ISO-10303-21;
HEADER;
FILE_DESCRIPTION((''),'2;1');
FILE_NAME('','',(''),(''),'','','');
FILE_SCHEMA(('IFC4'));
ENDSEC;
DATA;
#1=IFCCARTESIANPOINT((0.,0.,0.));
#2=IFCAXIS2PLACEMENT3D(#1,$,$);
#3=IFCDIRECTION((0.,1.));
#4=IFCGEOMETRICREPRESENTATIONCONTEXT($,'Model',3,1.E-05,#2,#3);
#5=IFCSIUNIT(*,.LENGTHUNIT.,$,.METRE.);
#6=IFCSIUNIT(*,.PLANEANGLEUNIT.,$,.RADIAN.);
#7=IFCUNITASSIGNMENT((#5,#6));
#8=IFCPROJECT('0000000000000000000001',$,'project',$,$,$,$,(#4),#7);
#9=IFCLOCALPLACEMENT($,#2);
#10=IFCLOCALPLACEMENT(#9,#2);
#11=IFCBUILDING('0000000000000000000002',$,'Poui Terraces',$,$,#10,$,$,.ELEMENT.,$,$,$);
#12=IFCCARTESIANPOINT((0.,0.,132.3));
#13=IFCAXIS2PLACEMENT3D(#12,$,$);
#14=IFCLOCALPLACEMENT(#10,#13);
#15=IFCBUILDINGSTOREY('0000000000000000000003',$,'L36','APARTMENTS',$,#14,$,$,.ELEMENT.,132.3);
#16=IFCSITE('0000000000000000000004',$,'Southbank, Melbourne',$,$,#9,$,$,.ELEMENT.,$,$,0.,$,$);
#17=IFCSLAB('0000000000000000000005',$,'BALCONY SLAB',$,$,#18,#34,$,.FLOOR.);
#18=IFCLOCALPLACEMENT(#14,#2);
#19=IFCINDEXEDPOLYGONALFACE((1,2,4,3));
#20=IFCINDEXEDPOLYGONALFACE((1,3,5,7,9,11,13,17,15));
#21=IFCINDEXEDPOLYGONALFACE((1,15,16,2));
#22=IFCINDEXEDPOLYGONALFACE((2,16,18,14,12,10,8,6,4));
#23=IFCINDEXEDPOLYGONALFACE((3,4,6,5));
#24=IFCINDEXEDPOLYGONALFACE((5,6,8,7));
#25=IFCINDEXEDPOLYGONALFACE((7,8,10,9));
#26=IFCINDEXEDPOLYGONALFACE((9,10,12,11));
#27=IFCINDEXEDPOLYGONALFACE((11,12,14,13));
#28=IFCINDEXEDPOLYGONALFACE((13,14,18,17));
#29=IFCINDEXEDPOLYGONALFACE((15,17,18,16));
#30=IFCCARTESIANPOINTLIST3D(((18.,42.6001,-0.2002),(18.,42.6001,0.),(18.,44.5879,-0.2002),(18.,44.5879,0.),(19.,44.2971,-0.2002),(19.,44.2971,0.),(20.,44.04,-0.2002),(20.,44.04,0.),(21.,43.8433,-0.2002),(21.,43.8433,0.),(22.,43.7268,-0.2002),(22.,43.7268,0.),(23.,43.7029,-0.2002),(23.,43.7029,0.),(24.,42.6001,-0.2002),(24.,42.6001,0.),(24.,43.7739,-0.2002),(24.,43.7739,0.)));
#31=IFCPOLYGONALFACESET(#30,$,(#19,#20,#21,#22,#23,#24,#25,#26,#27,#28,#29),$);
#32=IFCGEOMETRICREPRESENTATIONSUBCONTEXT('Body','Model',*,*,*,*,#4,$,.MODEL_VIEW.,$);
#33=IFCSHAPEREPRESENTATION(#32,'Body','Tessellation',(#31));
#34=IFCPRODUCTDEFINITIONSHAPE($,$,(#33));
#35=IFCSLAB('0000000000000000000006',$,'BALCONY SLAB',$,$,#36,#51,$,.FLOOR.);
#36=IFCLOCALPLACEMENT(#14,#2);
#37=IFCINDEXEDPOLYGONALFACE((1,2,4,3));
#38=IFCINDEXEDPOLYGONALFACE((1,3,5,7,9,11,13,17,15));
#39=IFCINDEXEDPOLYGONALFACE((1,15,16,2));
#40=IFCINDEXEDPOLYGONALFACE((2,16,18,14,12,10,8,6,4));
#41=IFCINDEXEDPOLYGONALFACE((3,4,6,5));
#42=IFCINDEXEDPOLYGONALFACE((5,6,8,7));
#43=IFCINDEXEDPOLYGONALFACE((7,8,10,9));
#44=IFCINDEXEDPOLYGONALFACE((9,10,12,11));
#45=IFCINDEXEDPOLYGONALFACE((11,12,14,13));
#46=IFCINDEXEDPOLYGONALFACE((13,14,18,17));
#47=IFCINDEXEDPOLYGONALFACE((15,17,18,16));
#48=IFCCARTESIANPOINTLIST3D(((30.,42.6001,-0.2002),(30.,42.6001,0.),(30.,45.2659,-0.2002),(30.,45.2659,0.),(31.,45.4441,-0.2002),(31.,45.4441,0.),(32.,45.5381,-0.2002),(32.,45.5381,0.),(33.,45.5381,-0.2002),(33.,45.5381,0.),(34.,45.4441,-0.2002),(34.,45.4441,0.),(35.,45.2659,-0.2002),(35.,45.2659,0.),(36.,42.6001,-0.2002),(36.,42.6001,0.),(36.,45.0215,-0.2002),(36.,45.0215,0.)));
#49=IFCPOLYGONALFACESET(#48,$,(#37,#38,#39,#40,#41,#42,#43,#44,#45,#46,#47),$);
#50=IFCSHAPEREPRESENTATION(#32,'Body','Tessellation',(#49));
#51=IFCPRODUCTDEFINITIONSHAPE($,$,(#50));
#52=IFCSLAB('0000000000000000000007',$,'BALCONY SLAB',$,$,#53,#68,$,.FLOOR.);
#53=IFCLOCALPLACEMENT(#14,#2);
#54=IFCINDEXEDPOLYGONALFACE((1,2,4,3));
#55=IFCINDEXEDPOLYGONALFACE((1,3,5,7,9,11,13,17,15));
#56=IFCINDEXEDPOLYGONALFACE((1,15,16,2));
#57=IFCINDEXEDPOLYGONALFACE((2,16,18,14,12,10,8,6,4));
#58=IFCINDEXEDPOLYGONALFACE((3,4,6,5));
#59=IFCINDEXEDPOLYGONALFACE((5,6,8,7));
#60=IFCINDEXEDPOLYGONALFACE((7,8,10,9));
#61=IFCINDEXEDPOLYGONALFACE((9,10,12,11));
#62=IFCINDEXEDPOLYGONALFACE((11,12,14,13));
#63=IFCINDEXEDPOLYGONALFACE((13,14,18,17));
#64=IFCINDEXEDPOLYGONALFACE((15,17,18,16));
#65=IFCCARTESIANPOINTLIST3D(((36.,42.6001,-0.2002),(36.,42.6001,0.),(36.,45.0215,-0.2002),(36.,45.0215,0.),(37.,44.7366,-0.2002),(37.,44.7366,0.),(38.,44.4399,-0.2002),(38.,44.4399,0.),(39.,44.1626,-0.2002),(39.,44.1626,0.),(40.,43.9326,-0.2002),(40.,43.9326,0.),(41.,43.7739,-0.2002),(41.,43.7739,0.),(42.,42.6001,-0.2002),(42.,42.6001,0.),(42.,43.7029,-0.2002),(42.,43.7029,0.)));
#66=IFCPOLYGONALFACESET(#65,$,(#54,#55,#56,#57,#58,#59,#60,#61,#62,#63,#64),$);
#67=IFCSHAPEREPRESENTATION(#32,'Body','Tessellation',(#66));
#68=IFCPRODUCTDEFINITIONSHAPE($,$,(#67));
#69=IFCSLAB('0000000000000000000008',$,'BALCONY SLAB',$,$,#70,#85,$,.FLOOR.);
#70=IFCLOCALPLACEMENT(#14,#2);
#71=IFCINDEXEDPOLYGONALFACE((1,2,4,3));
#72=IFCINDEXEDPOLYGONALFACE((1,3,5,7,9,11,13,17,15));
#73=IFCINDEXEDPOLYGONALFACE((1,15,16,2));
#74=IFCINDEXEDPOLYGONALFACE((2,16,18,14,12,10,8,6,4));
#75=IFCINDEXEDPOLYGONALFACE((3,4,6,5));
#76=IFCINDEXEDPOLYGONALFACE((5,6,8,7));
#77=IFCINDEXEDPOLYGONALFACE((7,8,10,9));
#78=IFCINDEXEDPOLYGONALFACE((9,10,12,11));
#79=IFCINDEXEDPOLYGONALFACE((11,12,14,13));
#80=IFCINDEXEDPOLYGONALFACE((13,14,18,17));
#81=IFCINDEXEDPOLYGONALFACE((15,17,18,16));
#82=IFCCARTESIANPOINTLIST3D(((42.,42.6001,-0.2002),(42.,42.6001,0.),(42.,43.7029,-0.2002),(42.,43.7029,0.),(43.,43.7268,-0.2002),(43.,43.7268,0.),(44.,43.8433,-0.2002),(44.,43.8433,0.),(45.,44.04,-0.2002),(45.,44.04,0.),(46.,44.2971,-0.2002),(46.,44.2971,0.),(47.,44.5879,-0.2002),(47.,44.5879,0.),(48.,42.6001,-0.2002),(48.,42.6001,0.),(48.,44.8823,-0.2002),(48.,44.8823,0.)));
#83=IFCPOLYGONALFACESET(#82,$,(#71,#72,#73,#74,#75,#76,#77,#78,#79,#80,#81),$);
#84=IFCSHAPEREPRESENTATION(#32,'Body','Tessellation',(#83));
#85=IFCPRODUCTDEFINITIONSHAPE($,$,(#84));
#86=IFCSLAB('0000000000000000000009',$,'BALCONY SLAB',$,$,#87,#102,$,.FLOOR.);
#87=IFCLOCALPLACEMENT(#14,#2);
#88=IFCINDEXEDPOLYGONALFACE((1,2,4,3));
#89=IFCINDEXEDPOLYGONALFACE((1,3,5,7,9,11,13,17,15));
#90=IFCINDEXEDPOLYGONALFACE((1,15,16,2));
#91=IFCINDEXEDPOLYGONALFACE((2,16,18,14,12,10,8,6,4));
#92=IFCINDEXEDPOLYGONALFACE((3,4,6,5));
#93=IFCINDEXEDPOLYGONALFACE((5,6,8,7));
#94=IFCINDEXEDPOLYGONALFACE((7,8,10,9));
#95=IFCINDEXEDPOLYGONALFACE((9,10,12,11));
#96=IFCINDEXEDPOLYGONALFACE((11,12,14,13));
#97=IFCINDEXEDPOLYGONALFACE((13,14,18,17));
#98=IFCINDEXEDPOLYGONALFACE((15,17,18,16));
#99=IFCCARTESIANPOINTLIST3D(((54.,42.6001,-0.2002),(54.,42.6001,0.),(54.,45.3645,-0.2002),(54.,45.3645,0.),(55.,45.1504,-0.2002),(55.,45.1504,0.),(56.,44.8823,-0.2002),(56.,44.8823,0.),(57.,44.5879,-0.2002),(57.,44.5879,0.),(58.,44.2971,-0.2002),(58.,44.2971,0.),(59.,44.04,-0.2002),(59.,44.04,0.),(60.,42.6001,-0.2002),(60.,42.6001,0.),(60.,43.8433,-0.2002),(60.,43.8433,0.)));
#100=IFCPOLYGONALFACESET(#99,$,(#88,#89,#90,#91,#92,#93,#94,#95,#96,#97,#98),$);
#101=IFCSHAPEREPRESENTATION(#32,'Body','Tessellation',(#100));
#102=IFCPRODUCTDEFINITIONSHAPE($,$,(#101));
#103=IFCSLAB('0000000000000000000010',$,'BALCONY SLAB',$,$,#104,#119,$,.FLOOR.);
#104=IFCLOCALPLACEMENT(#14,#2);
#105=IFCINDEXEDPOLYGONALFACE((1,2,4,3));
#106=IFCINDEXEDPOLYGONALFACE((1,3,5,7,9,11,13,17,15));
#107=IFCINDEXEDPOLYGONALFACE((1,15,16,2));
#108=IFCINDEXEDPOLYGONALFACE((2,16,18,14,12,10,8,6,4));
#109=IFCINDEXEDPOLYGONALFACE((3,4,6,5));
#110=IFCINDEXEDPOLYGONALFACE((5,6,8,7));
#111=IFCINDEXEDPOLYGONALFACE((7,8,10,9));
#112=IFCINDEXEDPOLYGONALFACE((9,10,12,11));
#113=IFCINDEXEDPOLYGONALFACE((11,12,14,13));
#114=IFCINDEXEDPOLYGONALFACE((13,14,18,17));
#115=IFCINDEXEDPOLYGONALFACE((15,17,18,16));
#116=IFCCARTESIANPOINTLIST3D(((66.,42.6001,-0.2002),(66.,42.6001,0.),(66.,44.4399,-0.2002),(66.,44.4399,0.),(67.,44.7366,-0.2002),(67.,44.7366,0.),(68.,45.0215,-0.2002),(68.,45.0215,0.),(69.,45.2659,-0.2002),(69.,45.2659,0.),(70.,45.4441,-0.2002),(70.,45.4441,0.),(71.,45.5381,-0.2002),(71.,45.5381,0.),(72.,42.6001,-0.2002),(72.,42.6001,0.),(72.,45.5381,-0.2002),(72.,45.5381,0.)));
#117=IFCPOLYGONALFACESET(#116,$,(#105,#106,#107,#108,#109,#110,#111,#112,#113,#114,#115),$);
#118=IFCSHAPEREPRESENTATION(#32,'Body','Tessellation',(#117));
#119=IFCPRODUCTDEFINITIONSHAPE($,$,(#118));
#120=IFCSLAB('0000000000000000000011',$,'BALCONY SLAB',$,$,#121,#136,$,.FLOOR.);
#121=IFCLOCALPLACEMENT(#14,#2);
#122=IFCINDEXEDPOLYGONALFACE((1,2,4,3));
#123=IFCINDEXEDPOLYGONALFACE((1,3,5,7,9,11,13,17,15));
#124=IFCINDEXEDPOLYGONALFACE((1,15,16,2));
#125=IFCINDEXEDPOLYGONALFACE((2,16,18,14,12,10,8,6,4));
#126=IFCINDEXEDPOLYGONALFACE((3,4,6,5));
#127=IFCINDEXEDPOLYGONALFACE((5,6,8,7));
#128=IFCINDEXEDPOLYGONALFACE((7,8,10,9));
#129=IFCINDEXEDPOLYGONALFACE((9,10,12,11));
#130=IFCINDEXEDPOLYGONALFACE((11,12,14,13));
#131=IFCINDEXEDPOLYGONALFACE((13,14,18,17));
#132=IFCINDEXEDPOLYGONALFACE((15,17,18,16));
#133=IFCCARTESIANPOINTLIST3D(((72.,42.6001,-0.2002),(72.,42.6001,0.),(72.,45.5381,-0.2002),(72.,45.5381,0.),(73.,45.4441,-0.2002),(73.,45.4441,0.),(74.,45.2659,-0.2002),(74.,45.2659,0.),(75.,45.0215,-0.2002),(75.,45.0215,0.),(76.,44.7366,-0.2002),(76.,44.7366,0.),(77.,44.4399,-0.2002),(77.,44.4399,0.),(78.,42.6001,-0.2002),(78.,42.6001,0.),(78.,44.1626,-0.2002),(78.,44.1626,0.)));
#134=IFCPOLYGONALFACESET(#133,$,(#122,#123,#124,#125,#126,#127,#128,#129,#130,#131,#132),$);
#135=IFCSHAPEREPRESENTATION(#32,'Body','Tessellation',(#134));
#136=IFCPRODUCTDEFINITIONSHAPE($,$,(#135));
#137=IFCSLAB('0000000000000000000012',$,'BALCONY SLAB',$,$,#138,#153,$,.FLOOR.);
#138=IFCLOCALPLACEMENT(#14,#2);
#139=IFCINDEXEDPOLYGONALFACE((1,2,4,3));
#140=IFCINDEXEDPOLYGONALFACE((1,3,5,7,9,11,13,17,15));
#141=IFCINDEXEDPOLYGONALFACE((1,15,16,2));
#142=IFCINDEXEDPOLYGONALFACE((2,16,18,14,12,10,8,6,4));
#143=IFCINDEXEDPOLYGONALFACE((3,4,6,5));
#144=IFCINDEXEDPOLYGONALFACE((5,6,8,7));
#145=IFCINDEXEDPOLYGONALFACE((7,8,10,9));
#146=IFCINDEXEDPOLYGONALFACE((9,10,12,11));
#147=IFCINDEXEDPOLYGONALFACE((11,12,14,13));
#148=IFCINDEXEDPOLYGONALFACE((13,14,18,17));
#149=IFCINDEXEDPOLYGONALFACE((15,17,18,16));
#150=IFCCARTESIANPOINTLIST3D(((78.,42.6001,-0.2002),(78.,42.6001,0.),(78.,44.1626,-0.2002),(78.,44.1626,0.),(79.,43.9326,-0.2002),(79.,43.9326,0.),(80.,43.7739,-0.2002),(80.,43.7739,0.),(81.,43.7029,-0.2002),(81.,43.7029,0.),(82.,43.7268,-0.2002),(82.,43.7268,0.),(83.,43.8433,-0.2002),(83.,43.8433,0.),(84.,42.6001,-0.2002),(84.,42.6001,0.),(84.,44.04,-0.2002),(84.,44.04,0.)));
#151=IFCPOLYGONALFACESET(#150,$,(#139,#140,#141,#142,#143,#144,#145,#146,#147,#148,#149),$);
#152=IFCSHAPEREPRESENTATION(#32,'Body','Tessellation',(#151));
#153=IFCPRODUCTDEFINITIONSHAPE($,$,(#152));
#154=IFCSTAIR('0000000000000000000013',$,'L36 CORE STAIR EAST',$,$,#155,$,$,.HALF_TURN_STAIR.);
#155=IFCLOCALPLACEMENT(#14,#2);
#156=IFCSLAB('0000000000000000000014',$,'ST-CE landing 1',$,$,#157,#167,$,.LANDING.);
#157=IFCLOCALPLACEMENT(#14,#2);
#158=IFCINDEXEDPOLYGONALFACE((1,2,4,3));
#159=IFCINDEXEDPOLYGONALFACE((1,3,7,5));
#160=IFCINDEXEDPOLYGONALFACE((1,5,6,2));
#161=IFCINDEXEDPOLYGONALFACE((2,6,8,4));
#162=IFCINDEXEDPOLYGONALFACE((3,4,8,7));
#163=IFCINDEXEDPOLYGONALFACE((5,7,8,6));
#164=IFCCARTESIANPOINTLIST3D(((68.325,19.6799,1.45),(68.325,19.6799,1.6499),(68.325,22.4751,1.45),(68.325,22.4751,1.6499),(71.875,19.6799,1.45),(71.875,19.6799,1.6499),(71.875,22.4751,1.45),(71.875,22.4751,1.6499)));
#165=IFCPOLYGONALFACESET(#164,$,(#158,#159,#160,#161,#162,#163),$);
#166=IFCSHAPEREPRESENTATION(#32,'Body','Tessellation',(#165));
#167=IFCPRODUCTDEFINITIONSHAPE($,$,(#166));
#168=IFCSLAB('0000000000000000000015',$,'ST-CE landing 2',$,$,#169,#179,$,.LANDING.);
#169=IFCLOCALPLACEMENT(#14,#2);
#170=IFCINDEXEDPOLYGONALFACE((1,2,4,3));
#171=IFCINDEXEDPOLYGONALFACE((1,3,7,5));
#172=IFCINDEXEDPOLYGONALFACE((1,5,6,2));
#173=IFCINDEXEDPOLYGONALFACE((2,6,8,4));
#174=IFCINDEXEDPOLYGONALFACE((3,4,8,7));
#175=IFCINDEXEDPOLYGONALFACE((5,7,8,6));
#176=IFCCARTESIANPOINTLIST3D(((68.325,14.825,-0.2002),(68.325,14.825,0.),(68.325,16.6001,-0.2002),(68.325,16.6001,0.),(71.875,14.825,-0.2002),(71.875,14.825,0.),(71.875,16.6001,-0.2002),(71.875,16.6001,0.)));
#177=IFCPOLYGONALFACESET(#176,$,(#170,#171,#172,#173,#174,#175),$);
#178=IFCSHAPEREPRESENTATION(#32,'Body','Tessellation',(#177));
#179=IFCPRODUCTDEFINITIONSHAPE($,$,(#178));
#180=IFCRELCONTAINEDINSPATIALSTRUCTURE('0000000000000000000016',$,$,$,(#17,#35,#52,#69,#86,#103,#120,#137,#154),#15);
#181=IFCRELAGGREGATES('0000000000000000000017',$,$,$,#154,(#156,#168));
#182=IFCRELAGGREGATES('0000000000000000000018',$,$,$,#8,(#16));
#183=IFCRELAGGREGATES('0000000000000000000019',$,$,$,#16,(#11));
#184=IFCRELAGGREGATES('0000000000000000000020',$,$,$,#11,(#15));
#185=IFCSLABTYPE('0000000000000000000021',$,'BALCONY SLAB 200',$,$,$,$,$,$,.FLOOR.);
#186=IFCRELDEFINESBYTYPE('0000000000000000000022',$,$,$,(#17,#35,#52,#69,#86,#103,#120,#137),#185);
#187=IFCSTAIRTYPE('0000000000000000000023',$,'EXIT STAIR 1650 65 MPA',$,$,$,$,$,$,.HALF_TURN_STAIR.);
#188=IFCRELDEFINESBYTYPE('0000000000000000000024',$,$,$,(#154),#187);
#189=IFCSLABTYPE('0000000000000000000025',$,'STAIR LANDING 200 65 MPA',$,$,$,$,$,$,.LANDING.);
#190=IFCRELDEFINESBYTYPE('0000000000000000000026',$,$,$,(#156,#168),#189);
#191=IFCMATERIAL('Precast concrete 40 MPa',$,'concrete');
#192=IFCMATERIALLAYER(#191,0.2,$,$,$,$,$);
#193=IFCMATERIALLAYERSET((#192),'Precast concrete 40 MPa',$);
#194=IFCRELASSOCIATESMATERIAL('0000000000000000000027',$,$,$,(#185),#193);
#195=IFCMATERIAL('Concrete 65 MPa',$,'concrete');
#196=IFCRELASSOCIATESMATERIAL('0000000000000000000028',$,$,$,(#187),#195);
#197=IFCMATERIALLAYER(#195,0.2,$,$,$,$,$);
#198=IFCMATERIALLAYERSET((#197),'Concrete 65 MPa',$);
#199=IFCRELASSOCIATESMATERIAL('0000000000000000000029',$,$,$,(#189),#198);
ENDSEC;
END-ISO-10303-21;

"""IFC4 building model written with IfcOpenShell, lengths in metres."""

from ifc_helpers import new_model, si_unit, direction, frame, origin, place, context, subcontext, project, spatial, polyline, outline, extrude, material, layer, layer_set, type_object, element, aggregate, save


model = new_model("IFC4")

# Units and contexts
model_context = context("Model", 3, precision=1e-05, world=origin(), true_north=direction((0.0, 1.0)))
body_context = subcontext(model_context, "Body", "Model", "MODEL_VIEW")
ifc_project = project(units=[si_unit("LENGTHUNIT", "METRE"), si_unit("PLANEANGLEUNIT", "RADIAN")], contexts=[model_context])

# Site, building, storey
site_placement = place(None, origin())
site = spatial("IfcSite", under=ifc_project, at=site_placement, Name="Southbank, Melbourne", CompositionType="ELEMENT", RefElevation=0.0)
building_placement = place(site_placement, origin())
building = spatial("IfcBuilding", under=site, at=building_placement, Name="Poui Terraces", CompositionType="ELEMENT")
storey_placement = place(building_placement, frame((0.0, 0.0, 132.3)))
storey = spatial("IfcBuildingStorey", under=building, at=storey_placement, Name="L36", Description="APARTMENTS", CompositionType="ELEMENT", Elevation=132.3)

# Slabs
ifc_material_1 = material(Name="Precast concrete 40 MPa", Category="concrete")
ifc_layer_1 = layer(ifc_material_1, 0.2)
ifc_layer_set_1 = layer_set([ifc_layer_1], Name="Precast concrete 40 MPa")
slab_type_1 = type_object("IfcSlabType", Name="BALCONY SLAB 200", PredefinedType="FLOOR", material=ifc_layer_set_1)
slab_1_placement = place(storey_placement, frame((0.0, 0.0, -0.2002)))
element("IfcSlab", 1, at=slab_1_placement, inside=storey, type_object=slab_type_1, Name="BALCONY SLAB", PredefinedType="FLOOR", context=body_context, shape_type="SweptSolid", body=[
    extrude(outline(polyline([(18.0, 42.6001), (24.0, 42.6001), (24.0, 43.7739), (23.0, 43.7029), (22.0, 43.7268), (21.0, 43.8433), (20.0, 44.04), (19.0, 44.2971), (18.0, 44.5879), (18.0, 42.6001)])), origin(), (0.0, 0.0, 1.0), 0.2002),
])
slab_2_placement = place(storey_placement, frame((0.0, 0.0, -0.2002)))
element("IfcSlab", 2, at=slab_2_placement, inside=storey, type_object=slab_type_1, Name="BALCONY SLAB", PredefinedType="FLOOR", context=body_context, shape_type="SweptSolid", body=[
    extrude(outline(polyline([(30.0, 42.6001), (36.0, 42.6001), (36.0, 45.0215), (35.0, 45.2659), (34.0, 45.4441), (33.0, 45.5381), (32.0, 45.5381), (31.0, 45.4441), (30.0, 45.2659), (30.0, 42.6001)])), origin(), (0.0, 0.0, 1.0), 0.2002),
])
slab_3_placement = place(storey_placement, frame((0.0, 0.0, -0.2002)))
element("IfcSlab", 3, at=slab_3_placement, inside=storey, type_object=slab_type_1, Name="BALCONY SLAB", PredefinedType="FLOOR", context=body_context, shape_type="SweptSolid", body=[
    extrude(outline(polyline([(36.0, 42.6001), (42.0, 42.6001), (42.0, 43.7029), (41.0, 43.7739), (40.0, 43.9326), (39.0, 44.1626), (38.0, 44.4399), (37.0, 44.7366), (36.0, 45.0215), (36.0, 42.6001)])), origin(), (0.0, 0.0, 1.0), 0.2002),
])
slab_4_placement = place(storey_placement, frame((0.0, 0.0, -0.2002)))
element("IfcSlab", 4, at=slab_4_placement, inside=storey, type_object=slab_type_1, Name="BALCONY SLAB", PredefinedType="FLOOR", context=body_context, shape_type="SweptSolid", body=[
    extrude(outline(polyline([(42.0, 42.6001), (48.0, 42.6001), (48.0, 44.8823), (47.0, 44.5879), (46.0, 44.2971), (45.0, 44.04), (44.0, 43.8433), (43.0, 43.7268), (42.0, 43.7029), (42.0, 42.6001)])), origin(), (0.0, 0.0, 1.0), 0.2002),
])
slab_5_placement = place(storey_placement, frame((0.0, 0.0, -0.2002)))
element("IfcSlab", 5, at=slab_5_placement, inside=storey, type_object=slab_type_1, Name="BALCONY SLAB", PredefinedType="FLOOR", context=body_context, shape_type="SweptSolid", body=[
    extrude(outline(polyline([(54.0, 42.6001), (60.0, 42.6001), (60.0, 43.8433), (59.0, 44.04), (58.0, 44.2971), (57.0, 44.5879), (56.0, 44.8823), (55.0, 45.1504), (54.0, 45.3645), (54.0, 42.6001)])), origin(), (0.0, 0.0, 1.0), 0.2002),
])
slab_6_placement = place(storey_placement, frame((0.0, 0.0, -0.2002)))
element("IfcSlab", 6, at=slab_6_placement, inside=storey, type_object=slab_type_1, Name="BALCONY SLAB", PredefinedType="FLOOR", context=body_context, shape_type="SweptSolid", body=[
    extrude(outline(polyline([(66.0, 42.6001), (72.0, 42.6001), (72.0, 45.5381), (71.0, 45.5381), (70.0, 45.4441), (69.0, 45.2659), (68.0, 45.0215), (67.0, 44.7366), (66.0, 44.4399), (66.0, 42.6001)])), origin(), (0.0, 0.0, 1.0), 0.2002),
])
slab_7_placement = place(storey_placement, frame((0.0, 0.0, -0.2002)))
element("IfcSlab", 7, at=slab_7_placement, inside=storey, type_object=slab_type_1, Name="BALCONY SLAB", PredefinedType="FLOOR", context=body_context, shape_type="SweptSolid", body=[
    extrude(outline(polyline([(72.0, 42.6001), (78.0, 42.6001), (78.0, 44.1626), (77.0, 44.4399), (76.0, 44.7366), (75.0, 45.0215), (74.0, 45.2659), (73.0, 45.4441), (72.0, 45.5381), (72.0, 42.6001)])), origin(), (0.0, 0.0, 1.0), 0.2002),
])
slab_8_placement = place(storey_placement, frame((0.0, 0.0, -0.2002)))
element("IfcSlab", 8, at=slab_8_placement, inside=storey, type_object=slab_type_1, Name="BALCONY SLAB", PredefinedType="FLOOR", context=body_context, shape_type="SweptSolid", body=[
    extrude(outline(polyline([(78.0, 42.6001), (84.0, 42.6001), (84.0, 44.04), (83.0, 43.8433), (82.0, 43.7268), (81.0, 43.7029), (80.0, 43.7739), (79.0, 43.9326), (78.0, 44.1626), (78.0, 42.6001)])), origin(), (0.0, 0.0, 1.0), 0.2002),
])

# Stair, slabs
ifc_material_2 = material(Name="Concrete 65 MPa", Category="concrete")
stair_type = type_object("IfcStairType", Name="EXIT STAIR 1650 65 MPA", PredefinedType="HALF_TURN_STAIR", material=ifc_material_2)
stair_placement = place(storey_placement, origin())
stair = element("IfcStair", 9, at=stair_placement, inside=storey, type_object=stair_type, Name="L36 CORE STAIR EAST", PredefinedType="HALF_TURN_STAIR")
ifc_layer_2 = layer(ifc_material_2, 0.2)
ifc_layer_set_2 = layer_set([ifc_layer_2], Name="Concrete 65 MPa")
slab_type_2 = type_object("IfcSlabType", Name="STAIR LANDING 200 65 MPA", PredefinedType="LANDING", material=ifc_layer_set_2)
slab_9_placement = place(storey_placement, frame((0.0, 0.0, 1.45)))
slab_9 = element("IfcSlab", 10, at=slab_9_placement, type_object=slab_type_2, Name="ST-CE landing 1", PredefinedType="LANDING", context=body_context, shape_type="SweptSolid", body=[
    extrude(outline(polyline([(68.325, 19.6799), (71.875, 19.6799), (71.875, 22.4751), (68.325, 22.4751), (68.325, 19.6799)])), origin(), (0.0, 0.0, 1.0), 0.2),
])
slab_10_placement = place(storey_placement, frame((0.0, 0.0, -0.2002)))
slab_10 = element("IfcSlab", 11, at=slab_10_placement, type_object=slab_type_2, Name="ST-CE landing 2", PredefinedType="LANDING", context=body_context, shape_type="SweptSolid", body=[
    extrude(outline(polyline([(68.325, 14.825), (71.875, 14.825), (71.875, 16.6001), (68.325, 16.6001), (68.325, 14.825)])), origin(), (0.0, 0.0, 1.0), 0.2002),
])
aggregate(stair, [slab_9, slab_10])

save(model, "model.ifc")
